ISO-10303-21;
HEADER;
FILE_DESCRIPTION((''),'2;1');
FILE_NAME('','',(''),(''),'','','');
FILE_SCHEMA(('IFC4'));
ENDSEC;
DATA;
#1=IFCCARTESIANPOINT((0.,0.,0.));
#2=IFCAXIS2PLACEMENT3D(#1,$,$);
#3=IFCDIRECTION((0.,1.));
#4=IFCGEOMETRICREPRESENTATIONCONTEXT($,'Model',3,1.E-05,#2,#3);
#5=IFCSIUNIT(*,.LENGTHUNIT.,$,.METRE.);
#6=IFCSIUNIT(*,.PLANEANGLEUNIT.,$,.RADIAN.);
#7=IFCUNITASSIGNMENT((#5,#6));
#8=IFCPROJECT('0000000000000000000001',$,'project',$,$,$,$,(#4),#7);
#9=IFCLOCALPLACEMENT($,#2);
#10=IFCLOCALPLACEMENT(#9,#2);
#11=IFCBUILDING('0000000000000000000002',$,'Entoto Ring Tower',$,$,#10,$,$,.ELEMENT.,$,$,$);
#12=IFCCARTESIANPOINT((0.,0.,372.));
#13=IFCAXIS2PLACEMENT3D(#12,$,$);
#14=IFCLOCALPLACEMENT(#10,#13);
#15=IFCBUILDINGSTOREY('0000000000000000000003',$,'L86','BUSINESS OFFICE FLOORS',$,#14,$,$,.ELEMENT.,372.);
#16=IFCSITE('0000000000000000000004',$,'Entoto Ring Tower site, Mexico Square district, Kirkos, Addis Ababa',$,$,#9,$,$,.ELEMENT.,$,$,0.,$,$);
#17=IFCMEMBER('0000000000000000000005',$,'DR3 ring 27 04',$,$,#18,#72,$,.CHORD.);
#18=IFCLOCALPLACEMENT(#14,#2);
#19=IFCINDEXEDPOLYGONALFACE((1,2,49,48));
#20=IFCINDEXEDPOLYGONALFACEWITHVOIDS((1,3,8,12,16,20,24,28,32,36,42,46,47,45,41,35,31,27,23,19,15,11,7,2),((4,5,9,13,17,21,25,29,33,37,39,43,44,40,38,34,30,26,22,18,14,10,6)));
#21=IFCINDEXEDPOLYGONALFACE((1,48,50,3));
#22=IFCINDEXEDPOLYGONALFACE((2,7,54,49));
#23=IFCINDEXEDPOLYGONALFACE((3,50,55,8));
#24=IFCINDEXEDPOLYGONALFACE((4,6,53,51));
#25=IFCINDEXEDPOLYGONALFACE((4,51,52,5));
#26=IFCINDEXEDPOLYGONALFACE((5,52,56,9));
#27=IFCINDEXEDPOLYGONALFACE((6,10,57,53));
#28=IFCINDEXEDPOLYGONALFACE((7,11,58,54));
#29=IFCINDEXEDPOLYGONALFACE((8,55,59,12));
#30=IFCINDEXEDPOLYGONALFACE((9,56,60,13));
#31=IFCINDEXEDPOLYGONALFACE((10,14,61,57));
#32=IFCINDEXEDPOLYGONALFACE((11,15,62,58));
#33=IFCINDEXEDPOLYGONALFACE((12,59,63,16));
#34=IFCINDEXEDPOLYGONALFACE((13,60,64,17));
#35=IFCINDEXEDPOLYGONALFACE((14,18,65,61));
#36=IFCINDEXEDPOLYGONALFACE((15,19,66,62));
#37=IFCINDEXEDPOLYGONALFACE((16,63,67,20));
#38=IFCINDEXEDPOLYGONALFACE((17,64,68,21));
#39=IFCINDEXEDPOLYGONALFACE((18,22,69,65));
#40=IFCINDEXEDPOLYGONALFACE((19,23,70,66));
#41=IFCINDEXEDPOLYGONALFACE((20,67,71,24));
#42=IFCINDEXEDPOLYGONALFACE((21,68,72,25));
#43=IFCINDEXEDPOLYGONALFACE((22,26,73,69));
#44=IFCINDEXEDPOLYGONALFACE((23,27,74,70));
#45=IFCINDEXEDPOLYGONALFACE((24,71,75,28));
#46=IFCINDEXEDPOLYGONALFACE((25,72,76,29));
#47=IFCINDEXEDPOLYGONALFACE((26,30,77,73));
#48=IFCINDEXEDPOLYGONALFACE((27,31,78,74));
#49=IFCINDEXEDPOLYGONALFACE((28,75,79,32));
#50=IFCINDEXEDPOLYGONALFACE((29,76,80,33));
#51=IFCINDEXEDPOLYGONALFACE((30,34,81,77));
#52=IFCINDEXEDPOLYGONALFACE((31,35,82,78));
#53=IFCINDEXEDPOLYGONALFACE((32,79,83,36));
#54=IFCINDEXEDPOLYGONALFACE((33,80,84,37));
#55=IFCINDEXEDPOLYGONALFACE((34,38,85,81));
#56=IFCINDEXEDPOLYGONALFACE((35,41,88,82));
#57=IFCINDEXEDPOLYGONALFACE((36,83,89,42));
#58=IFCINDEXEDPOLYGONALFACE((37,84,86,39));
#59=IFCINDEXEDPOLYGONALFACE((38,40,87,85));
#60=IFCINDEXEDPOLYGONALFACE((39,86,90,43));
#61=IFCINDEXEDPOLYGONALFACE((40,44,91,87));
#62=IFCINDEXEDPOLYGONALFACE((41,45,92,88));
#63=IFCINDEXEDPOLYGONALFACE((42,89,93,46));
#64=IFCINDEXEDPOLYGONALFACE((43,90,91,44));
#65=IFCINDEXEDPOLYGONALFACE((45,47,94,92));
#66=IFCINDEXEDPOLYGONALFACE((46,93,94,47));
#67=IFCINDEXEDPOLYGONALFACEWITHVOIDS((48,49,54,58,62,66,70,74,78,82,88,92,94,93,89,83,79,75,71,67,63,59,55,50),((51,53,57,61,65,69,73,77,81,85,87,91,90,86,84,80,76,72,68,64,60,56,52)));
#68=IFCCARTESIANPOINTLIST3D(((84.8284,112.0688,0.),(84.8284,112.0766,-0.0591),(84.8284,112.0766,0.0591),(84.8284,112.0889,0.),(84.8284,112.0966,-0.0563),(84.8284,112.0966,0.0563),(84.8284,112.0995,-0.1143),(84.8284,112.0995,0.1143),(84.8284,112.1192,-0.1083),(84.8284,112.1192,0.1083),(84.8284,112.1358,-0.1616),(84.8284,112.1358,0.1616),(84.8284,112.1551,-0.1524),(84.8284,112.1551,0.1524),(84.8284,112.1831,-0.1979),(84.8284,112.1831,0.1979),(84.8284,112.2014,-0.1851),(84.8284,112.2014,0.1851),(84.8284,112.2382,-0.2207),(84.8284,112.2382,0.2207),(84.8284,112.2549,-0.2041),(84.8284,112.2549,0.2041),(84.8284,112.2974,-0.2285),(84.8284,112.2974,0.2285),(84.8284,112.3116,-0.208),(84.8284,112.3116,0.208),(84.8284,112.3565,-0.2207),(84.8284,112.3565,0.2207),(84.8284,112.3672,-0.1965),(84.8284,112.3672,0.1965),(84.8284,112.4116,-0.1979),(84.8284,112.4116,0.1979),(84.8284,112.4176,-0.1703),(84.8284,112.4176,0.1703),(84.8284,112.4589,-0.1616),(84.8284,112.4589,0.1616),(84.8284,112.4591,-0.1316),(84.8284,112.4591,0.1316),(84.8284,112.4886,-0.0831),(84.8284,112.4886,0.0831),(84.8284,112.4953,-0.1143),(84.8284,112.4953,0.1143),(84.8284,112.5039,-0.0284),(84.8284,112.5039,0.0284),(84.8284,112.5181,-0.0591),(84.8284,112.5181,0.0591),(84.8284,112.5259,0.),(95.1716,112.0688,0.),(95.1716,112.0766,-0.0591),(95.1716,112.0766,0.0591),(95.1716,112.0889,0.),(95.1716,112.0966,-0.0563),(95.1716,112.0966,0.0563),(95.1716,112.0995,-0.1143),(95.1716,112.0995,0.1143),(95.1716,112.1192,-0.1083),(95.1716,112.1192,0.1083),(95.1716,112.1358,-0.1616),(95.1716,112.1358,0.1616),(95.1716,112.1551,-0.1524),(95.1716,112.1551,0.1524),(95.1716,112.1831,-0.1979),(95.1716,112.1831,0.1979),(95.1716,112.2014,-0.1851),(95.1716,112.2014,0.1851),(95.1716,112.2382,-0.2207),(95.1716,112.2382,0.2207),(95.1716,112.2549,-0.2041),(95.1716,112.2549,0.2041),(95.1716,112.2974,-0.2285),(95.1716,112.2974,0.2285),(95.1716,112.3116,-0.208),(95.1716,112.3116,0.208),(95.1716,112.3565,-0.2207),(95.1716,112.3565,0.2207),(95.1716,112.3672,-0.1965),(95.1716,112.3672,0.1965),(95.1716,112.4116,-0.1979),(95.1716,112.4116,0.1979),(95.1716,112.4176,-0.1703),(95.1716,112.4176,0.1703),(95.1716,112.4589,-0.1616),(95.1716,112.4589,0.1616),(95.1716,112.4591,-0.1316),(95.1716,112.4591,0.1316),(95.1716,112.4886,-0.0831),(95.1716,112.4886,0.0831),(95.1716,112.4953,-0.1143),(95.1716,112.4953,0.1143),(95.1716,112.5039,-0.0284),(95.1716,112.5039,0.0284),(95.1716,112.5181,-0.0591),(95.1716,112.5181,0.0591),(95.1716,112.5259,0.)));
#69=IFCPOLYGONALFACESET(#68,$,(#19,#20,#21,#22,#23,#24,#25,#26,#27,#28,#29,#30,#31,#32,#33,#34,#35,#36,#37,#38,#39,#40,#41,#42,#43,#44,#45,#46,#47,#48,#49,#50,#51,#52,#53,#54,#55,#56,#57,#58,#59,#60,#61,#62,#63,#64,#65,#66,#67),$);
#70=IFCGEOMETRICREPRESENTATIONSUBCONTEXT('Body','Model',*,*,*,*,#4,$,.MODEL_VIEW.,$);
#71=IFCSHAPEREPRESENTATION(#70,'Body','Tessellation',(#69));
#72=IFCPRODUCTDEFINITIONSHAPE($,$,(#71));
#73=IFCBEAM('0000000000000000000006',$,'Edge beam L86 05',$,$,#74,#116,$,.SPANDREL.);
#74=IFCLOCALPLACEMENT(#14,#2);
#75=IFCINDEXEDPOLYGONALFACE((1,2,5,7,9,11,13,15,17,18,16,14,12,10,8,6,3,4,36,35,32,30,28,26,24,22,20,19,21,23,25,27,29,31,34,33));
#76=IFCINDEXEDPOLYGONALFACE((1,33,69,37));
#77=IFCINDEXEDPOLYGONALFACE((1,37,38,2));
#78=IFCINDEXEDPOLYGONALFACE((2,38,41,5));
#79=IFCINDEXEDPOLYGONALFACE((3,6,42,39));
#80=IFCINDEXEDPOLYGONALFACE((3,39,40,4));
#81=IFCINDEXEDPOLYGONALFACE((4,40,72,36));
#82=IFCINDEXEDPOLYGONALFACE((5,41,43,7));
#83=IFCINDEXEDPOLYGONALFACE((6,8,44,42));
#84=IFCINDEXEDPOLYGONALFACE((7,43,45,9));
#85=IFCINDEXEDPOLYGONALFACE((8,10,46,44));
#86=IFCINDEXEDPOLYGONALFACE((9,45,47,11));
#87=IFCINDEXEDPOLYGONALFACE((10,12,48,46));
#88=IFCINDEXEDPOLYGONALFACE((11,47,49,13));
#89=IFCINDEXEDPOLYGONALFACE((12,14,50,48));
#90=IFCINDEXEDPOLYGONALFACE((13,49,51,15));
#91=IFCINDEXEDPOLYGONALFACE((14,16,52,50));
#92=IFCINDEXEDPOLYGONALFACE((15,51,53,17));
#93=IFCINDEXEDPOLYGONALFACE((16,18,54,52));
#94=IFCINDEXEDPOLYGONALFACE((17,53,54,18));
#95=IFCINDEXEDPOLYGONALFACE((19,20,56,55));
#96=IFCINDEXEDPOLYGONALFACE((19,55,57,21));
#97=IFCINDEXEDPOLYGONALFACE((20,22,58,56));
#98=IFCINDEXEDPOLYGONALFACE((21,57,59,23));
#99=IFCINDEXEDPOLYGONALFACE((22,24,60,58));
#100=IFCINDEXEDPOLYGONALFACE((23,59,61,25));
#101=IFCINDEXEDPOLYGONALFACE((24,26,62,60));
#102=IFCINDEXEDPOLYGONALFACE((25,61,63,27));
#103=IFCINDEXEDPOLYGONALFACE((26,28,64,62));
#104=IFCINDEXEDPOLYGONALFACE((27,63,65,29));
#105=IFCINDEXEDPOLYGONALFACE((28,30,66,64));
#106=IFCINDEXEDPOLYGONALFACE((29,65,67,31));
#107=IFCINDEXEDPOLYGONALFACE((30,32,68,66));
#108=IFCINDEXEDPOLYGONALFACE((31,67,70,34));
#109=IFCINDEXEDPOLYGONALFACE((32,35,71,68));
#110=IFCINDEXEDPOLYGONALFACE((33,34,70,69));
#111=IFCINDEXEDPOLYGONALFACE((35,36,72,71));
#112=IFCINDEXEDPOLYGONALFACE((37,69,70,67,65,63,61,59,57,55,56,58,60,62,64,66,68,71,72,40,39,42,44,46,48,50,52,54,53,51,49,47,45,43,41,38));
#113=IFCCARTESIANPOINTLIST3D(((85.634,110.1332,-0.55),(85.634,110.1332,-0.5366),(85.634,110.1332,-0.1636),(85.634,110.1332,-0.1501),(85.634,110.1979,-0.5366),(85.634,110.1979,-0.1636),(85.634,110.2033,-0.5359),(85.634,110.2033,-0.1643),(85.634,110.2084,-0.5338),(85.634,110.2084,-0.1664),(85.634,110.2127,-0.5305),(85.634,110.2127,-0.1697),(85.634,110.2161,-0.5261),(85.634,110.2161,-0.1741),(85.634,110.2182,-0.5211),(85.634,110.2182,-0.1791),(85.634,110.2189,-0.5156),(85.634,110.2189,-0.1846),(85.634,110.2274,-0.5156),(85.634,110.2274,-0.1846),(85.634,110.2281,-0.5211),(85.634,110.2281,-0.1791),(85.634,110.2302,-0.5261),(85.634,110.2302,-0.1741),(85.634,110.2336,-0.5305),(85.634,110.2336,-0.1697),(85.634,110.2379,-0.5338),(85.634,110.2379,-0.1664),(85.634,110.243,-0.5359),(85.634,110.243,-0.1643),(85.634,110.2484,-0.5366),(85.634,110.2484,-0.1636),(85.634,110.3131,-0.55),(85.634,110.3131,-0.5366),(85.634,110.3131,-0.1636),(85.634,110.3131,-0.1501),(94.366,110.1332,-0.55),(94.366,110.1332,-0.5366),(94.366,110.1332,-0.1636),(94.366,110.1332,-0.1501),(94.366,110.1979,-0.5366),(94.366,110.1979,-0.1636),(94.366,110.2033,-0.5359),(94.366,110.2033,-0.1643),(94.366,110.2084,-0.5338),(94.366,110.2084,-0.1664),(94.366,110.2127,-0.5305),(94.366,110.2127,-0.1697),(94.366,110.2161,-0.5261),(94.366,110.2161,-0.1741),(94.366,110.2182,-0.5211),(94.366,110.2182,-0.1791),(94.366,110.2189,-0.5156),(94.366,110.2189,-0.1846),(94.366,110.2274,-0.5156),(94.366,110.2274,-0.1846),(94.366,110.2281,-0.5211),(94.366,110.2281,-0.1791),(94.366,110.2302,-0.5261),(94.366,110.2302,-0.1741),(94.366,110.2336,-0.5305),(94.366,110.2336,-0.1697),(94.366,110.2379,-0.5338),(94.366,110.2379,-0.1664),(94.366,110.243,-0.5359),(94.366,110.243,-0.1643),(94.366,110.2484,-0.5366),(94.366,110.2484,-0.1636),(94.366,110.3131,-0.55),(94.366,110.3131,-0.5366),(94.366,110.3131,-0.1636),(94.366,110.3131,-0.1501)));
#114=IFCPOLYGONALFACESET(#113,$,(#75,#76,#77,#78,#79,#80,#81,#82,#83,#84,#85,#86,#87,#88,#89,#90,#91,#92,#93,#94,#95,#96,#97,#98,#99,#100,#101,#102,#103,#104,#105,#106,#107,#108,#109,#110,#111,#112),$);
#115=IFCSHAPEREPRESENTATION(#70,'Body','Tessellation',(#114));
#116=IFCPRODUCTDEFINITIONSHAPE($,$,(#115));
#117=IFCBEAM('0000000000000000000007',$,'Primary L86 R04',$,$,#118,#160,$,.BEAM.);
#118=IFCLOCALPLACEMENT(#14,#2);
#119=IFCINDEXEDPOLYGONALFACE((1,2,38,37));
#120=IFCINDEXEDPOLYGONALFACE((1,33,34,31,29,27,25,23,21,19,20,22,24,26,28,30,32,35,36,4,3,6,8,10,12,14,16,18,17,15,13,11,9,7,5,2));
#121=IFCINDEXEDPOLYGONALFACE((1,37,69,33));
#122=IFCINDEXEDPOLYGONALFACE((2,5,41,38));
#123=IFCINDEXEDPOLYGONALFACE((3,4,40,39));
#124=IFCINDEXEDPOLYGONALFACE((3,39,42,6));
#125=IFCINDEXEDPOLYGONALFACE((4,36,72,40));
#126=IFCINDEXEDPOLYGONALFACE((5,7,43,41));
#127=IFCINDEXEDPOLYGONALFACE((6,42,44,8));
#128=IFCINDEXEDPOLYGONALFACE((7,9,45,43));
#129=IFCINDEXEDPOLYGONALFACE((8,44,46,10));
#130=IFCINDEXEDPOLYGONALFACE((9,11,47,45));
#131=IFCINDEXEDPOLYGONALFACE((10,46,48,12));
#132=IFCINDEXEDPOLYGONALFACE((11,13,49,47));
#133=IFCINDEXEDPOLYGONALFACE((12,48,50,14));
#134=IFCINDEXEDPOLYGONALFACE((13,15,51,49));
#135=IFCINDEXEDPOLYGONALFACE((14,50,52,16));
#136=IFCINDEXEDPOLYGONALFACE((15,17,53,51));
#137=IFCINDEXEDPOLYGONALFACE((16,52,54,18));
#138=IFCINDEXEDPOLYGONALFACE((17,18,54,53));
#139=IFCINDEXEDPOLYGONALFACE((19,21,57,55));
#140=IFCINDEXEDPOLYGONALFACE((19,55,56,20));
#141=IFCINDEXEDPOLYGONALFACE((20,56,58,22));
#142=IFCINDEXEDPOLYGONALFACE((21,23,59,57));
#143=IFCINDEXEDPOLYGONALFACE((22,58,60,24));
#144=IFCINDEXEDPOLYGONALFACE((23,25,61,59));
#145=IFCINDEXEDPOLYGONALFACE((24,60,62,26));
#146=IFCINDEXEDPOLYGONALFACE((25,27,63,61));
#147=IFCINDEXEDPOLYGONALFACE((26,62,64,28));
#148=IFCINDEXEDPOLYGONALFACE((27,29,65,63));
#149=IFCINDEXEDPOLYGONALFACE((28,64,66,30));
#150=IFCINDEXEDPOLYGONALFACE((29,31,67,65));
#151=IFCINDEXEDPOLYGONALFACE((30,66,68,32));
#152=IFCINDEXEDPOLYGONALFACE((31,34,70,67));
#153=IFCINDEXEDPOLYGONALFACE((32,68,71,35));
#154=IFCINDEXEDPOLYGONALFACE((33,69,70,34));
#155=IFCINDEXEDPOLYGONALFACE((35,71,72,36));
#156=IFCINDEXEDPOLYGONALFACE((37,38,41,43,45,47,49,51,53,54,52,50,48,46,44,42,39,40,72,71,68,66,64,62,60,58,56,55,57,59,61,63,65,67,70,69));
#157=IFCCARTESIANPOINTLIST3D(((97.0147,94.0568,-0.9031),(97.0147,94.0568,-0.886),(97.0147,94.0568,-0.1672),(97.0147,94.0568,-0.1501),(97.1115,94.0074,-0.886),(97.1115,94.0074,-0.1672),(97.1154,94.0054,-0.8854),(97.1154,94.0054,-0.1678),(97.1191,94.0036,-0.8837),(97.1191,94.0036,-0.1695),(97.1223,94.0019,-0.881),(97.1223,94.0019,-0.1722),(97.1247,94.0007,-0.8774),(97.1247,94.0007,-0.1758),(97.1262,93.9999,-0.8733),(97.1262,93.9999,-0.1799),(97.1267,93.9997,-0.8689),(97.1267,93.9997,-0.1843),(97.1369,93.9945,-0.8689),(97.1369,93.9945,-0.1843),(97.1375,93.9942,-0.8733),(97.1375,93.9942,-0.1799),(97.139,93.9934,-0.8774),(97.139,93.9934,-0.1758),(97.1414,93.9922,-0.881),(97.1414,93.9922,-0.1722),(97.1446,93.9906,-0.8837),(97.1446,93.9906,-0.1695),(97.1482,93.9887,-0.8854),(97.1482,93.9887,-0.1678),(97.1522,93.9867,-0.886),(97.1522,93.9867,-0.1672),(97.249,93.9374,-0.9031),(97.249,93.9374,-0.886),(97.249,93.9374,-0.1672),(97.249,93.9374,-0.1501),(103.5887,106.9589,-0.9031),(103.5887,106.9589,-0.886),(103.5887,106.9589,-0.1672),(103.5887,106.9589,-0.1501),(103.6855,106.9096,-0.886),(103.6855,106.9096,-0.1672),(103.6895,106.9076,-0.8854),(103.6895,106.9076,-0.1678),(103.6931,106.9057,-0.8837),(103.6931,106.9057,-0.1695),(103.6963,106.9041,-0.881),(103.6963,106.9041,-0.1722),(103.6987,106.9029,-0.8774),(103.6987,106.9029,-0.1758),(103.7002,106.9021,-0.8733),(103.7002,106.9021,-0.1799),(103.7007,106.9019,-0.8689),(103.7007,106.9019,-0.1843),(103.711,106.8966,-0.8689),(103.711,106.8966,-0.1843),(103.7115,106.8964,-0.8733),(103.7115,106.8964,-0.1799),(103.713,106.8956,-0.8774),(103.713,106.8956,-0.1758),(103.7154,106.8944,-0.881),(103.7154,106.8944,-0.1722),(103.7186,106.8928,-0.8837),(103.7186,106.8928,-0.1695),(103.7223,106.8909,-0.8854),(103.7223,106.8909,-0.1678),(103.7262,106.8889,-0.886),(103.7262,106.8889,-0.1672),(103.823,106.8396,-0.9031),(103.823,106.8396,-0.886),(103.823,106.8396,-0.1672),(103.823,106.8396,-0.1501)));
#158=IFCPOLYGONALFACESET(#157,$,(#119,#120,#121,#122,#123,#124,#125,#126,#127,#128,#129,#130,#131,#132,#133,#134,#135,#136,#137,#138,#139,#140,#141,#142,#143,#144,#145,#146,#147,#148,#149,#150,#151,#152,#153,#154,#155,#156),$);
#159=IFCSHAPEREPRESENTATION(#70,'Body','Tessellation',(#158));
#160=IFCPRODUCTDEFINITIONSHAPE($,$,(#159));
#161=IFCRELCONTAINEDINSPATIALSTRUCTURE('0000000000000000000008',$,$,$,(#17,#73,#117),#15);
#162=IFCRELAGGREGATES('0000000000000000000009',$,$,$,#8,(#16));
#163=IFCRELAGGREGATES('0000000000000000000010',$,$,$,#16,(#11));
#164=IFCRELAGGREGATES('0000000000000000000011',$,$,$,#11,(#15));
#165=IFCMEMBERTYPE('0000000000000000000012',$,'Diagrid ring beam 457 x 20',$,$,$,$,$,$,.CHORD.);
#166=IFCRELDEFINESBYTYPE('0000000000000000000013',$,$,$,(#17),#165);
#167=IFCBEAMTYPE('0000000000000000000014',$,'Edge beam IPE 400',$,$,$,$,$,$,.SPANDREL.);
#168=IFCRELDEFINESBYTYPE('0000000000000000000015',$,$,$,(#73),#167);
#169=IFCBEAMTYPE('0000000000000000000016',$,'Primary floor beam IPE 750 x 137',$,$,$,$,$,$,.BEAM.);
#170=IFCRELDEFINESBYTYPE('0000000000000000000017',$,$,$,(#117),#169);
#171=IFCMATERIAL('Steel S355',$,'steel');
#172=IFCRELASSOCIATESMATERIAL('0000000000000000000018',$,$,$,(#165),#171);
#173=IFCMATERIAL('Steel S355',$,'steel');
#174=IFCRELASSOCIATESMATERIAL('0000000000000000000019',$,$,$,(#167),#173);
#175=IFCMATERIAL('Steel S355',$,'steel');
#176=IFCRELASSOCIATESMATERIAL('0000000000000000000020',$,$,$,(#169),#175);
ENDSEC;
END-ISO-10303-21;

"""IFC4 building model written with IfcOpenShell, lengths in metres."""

from ifc_helpers import new_model, si_unit, direction, frame, origin, origin_2d, place, context, subcontext, project, spatial, circle, hollow_circle, i_section, extrude, material, material_profile, profile_set, type_object, element, save


model = new_model("IFC4")

# Units and contexts
model_context = context("Model", 3, precision=1e-05, world=origin(), true_north=direction((0.0, 1.0)))
body_context = subcontext(model_context, "Body", "Model", "MODEL_VIEW")
ifc_project = project(units=[si_unit("LENGTHUNIT", "METRE"), si_unit("PLANEANGLEUNIT", "RADIAN")], contexts=[model_context])

# Site, building, storey
site_placement = place(None, origin())
site = spatial("IfcSite", under=ifc_project, at=site_placement, Name="Entoto Ring Tower site, Mexico Square district, Kirkos, Addis Ababa", CompositionType="ELEMENT", RefElevation=0.0)
building_placement = place(site_placement, origin())
building = spatial("IfcBuilding", under=site, at=building_placement, Name="Entoto Ring Tower", CompositionType="ELEMENT")
storey_placement = place(building_placement, frame((0.0, 0.0, 372.0)))
storey = spatial("IfcBuildingStorey", under=building, at=storey_placement, Name="L86", Description="BUSINESS OFFICE FLOORS", CompositionType="ELEMENT", Elevation=372.0)

# Member
ifc_material_1 = material(Name="Steel S355", Category="steel")
ifc_material_profile_1 = material_profile(ifc_material_1, hollow_circle(Radius=0.2285, WallThickness=0.02, at=origin_2d()), Name="CHS 457 x 20")
ifc_material_2 = material(Name="Concrete C60/75", Category="concrete")
ifc_material_profile_2 = material_profile(ifc_material_2, circle(Radius=0.2085, at=origin_2d()), Name="Concrete C60/75 infill")
ifc_profile_set_1 = profile_set([ifc_material_profile_1, ifc_material_profile_2], Name="Steel S355")
member_type = type_object("IfcMemberType", Name="Diagrid ring beam 457 x 20", PredefinedType="CHORD", material=ifc_profile_set_1)
member_placement = place(storey_placement, frame((95.1716, 112.2974, 0.0), z_axis=(-1.0, 0.0, 0.0), x_axis=(0.0, -1.0, 0.0)))
element("IfcMember", 1, at=member_placement, inside=storey, type_object=member_type, Name="DR3 ring 27 04", PredefinedType="CHORD", context=body_context, shape_type="SweptSolid", body=[
    extrude(hollow_circle(Radius=0.2285, WallThickness=0.02, at=origin_2d()), origin(), (0.0, 0.0, 1.0), 10.3433),
])

# Beams
ifc_material_3 = material(Name="Steel S355", Category="steel")
ifc_material_profile_3 = material_profile(ifc_material_3, i_section(OverallWidth=0.1799, OverallDepth=0.3999, WebThickness=0.0085, FlangeThickness=0.0134, FilletRadius=0.021, at=origin_2d()), Name="IPE 400")
ifc_profile_set_2 = profile_set([ifc_material_profile_3], Name="Steel S355")
beam_type_1 = type_object("IfcBeamType", Name="Edge beam IPE 400", PredefinedType="SPANDREL", material=ifc_profile_set_2)
beam_1_placement = place(storey_placement, frame((94.366, 110.2231, -0.3501), z_axis=(-1.0, 0.0, 0.0), x_axis=(0.0, -1.0, 0.0)))
element("IfcBeam", 2, at=beam_1_placement, inside=storey, type_object=beam_type_1, Name="Edge beam L86 05", PredefinedType="SPANDREL", context=body_context, shape_type="SweptSolid", body=[
    extrude(i_section(OverallWidth=0.1799, OverallDepth=0.3999, WebThickness=0.0085, FlangeThickness=0.0134, FilletRadius=0.021, at=origin_2d()), origin(), (0.0, 0.0, 1.0), 8.7319),
])
ifc_material_4 = material(Name="Steel S355", Category="steel")
ifc_material_profile_4 = material_profile(ifc_material_4, i_section(OverallWidth=0.2629, OverallDepth=0.7529, WebThickness=0.0115, FlangeThickness=0.0171, FilletRadius=0.0171, at=origin_2d()), Name="IPE 750 x 137")
ifc_profile_set_3 = profile_set([ifc_material_profile_4], Name="Steel S355")
beam_type_2 = type_object("IfcBeamType", Name="Primary floor beam IPE 750 x 137", PredefinedType="BEAM", material=ifc_profile_set_3)
beam_2_placement = place(storey_placement, frame((97.1318, 93.9971, -0.5266), z_axis=(0.453992, 0.891006, 0.0), x_axis=(-0.891006, 0.453992, 0.0)))
element("IfcBeam", 3, at=beam_2_placement, inside=storey, type_object=beam_type_2, Name="Primary L86 R04", PredefinedType="BEAM", context=body_context, shape_type="SweptSolid", body=[
    extrude(i_section(OverallWidth=0.2629, OverallDepth=0.7529, WebThickness=0.0115, FlangeThickness=0.0171, FilletRadius=0.0171, at=origin_2d()), origin(), (0.0, 0.0, 1.0), 14.4805),
])

save(model, "model.ifc")
